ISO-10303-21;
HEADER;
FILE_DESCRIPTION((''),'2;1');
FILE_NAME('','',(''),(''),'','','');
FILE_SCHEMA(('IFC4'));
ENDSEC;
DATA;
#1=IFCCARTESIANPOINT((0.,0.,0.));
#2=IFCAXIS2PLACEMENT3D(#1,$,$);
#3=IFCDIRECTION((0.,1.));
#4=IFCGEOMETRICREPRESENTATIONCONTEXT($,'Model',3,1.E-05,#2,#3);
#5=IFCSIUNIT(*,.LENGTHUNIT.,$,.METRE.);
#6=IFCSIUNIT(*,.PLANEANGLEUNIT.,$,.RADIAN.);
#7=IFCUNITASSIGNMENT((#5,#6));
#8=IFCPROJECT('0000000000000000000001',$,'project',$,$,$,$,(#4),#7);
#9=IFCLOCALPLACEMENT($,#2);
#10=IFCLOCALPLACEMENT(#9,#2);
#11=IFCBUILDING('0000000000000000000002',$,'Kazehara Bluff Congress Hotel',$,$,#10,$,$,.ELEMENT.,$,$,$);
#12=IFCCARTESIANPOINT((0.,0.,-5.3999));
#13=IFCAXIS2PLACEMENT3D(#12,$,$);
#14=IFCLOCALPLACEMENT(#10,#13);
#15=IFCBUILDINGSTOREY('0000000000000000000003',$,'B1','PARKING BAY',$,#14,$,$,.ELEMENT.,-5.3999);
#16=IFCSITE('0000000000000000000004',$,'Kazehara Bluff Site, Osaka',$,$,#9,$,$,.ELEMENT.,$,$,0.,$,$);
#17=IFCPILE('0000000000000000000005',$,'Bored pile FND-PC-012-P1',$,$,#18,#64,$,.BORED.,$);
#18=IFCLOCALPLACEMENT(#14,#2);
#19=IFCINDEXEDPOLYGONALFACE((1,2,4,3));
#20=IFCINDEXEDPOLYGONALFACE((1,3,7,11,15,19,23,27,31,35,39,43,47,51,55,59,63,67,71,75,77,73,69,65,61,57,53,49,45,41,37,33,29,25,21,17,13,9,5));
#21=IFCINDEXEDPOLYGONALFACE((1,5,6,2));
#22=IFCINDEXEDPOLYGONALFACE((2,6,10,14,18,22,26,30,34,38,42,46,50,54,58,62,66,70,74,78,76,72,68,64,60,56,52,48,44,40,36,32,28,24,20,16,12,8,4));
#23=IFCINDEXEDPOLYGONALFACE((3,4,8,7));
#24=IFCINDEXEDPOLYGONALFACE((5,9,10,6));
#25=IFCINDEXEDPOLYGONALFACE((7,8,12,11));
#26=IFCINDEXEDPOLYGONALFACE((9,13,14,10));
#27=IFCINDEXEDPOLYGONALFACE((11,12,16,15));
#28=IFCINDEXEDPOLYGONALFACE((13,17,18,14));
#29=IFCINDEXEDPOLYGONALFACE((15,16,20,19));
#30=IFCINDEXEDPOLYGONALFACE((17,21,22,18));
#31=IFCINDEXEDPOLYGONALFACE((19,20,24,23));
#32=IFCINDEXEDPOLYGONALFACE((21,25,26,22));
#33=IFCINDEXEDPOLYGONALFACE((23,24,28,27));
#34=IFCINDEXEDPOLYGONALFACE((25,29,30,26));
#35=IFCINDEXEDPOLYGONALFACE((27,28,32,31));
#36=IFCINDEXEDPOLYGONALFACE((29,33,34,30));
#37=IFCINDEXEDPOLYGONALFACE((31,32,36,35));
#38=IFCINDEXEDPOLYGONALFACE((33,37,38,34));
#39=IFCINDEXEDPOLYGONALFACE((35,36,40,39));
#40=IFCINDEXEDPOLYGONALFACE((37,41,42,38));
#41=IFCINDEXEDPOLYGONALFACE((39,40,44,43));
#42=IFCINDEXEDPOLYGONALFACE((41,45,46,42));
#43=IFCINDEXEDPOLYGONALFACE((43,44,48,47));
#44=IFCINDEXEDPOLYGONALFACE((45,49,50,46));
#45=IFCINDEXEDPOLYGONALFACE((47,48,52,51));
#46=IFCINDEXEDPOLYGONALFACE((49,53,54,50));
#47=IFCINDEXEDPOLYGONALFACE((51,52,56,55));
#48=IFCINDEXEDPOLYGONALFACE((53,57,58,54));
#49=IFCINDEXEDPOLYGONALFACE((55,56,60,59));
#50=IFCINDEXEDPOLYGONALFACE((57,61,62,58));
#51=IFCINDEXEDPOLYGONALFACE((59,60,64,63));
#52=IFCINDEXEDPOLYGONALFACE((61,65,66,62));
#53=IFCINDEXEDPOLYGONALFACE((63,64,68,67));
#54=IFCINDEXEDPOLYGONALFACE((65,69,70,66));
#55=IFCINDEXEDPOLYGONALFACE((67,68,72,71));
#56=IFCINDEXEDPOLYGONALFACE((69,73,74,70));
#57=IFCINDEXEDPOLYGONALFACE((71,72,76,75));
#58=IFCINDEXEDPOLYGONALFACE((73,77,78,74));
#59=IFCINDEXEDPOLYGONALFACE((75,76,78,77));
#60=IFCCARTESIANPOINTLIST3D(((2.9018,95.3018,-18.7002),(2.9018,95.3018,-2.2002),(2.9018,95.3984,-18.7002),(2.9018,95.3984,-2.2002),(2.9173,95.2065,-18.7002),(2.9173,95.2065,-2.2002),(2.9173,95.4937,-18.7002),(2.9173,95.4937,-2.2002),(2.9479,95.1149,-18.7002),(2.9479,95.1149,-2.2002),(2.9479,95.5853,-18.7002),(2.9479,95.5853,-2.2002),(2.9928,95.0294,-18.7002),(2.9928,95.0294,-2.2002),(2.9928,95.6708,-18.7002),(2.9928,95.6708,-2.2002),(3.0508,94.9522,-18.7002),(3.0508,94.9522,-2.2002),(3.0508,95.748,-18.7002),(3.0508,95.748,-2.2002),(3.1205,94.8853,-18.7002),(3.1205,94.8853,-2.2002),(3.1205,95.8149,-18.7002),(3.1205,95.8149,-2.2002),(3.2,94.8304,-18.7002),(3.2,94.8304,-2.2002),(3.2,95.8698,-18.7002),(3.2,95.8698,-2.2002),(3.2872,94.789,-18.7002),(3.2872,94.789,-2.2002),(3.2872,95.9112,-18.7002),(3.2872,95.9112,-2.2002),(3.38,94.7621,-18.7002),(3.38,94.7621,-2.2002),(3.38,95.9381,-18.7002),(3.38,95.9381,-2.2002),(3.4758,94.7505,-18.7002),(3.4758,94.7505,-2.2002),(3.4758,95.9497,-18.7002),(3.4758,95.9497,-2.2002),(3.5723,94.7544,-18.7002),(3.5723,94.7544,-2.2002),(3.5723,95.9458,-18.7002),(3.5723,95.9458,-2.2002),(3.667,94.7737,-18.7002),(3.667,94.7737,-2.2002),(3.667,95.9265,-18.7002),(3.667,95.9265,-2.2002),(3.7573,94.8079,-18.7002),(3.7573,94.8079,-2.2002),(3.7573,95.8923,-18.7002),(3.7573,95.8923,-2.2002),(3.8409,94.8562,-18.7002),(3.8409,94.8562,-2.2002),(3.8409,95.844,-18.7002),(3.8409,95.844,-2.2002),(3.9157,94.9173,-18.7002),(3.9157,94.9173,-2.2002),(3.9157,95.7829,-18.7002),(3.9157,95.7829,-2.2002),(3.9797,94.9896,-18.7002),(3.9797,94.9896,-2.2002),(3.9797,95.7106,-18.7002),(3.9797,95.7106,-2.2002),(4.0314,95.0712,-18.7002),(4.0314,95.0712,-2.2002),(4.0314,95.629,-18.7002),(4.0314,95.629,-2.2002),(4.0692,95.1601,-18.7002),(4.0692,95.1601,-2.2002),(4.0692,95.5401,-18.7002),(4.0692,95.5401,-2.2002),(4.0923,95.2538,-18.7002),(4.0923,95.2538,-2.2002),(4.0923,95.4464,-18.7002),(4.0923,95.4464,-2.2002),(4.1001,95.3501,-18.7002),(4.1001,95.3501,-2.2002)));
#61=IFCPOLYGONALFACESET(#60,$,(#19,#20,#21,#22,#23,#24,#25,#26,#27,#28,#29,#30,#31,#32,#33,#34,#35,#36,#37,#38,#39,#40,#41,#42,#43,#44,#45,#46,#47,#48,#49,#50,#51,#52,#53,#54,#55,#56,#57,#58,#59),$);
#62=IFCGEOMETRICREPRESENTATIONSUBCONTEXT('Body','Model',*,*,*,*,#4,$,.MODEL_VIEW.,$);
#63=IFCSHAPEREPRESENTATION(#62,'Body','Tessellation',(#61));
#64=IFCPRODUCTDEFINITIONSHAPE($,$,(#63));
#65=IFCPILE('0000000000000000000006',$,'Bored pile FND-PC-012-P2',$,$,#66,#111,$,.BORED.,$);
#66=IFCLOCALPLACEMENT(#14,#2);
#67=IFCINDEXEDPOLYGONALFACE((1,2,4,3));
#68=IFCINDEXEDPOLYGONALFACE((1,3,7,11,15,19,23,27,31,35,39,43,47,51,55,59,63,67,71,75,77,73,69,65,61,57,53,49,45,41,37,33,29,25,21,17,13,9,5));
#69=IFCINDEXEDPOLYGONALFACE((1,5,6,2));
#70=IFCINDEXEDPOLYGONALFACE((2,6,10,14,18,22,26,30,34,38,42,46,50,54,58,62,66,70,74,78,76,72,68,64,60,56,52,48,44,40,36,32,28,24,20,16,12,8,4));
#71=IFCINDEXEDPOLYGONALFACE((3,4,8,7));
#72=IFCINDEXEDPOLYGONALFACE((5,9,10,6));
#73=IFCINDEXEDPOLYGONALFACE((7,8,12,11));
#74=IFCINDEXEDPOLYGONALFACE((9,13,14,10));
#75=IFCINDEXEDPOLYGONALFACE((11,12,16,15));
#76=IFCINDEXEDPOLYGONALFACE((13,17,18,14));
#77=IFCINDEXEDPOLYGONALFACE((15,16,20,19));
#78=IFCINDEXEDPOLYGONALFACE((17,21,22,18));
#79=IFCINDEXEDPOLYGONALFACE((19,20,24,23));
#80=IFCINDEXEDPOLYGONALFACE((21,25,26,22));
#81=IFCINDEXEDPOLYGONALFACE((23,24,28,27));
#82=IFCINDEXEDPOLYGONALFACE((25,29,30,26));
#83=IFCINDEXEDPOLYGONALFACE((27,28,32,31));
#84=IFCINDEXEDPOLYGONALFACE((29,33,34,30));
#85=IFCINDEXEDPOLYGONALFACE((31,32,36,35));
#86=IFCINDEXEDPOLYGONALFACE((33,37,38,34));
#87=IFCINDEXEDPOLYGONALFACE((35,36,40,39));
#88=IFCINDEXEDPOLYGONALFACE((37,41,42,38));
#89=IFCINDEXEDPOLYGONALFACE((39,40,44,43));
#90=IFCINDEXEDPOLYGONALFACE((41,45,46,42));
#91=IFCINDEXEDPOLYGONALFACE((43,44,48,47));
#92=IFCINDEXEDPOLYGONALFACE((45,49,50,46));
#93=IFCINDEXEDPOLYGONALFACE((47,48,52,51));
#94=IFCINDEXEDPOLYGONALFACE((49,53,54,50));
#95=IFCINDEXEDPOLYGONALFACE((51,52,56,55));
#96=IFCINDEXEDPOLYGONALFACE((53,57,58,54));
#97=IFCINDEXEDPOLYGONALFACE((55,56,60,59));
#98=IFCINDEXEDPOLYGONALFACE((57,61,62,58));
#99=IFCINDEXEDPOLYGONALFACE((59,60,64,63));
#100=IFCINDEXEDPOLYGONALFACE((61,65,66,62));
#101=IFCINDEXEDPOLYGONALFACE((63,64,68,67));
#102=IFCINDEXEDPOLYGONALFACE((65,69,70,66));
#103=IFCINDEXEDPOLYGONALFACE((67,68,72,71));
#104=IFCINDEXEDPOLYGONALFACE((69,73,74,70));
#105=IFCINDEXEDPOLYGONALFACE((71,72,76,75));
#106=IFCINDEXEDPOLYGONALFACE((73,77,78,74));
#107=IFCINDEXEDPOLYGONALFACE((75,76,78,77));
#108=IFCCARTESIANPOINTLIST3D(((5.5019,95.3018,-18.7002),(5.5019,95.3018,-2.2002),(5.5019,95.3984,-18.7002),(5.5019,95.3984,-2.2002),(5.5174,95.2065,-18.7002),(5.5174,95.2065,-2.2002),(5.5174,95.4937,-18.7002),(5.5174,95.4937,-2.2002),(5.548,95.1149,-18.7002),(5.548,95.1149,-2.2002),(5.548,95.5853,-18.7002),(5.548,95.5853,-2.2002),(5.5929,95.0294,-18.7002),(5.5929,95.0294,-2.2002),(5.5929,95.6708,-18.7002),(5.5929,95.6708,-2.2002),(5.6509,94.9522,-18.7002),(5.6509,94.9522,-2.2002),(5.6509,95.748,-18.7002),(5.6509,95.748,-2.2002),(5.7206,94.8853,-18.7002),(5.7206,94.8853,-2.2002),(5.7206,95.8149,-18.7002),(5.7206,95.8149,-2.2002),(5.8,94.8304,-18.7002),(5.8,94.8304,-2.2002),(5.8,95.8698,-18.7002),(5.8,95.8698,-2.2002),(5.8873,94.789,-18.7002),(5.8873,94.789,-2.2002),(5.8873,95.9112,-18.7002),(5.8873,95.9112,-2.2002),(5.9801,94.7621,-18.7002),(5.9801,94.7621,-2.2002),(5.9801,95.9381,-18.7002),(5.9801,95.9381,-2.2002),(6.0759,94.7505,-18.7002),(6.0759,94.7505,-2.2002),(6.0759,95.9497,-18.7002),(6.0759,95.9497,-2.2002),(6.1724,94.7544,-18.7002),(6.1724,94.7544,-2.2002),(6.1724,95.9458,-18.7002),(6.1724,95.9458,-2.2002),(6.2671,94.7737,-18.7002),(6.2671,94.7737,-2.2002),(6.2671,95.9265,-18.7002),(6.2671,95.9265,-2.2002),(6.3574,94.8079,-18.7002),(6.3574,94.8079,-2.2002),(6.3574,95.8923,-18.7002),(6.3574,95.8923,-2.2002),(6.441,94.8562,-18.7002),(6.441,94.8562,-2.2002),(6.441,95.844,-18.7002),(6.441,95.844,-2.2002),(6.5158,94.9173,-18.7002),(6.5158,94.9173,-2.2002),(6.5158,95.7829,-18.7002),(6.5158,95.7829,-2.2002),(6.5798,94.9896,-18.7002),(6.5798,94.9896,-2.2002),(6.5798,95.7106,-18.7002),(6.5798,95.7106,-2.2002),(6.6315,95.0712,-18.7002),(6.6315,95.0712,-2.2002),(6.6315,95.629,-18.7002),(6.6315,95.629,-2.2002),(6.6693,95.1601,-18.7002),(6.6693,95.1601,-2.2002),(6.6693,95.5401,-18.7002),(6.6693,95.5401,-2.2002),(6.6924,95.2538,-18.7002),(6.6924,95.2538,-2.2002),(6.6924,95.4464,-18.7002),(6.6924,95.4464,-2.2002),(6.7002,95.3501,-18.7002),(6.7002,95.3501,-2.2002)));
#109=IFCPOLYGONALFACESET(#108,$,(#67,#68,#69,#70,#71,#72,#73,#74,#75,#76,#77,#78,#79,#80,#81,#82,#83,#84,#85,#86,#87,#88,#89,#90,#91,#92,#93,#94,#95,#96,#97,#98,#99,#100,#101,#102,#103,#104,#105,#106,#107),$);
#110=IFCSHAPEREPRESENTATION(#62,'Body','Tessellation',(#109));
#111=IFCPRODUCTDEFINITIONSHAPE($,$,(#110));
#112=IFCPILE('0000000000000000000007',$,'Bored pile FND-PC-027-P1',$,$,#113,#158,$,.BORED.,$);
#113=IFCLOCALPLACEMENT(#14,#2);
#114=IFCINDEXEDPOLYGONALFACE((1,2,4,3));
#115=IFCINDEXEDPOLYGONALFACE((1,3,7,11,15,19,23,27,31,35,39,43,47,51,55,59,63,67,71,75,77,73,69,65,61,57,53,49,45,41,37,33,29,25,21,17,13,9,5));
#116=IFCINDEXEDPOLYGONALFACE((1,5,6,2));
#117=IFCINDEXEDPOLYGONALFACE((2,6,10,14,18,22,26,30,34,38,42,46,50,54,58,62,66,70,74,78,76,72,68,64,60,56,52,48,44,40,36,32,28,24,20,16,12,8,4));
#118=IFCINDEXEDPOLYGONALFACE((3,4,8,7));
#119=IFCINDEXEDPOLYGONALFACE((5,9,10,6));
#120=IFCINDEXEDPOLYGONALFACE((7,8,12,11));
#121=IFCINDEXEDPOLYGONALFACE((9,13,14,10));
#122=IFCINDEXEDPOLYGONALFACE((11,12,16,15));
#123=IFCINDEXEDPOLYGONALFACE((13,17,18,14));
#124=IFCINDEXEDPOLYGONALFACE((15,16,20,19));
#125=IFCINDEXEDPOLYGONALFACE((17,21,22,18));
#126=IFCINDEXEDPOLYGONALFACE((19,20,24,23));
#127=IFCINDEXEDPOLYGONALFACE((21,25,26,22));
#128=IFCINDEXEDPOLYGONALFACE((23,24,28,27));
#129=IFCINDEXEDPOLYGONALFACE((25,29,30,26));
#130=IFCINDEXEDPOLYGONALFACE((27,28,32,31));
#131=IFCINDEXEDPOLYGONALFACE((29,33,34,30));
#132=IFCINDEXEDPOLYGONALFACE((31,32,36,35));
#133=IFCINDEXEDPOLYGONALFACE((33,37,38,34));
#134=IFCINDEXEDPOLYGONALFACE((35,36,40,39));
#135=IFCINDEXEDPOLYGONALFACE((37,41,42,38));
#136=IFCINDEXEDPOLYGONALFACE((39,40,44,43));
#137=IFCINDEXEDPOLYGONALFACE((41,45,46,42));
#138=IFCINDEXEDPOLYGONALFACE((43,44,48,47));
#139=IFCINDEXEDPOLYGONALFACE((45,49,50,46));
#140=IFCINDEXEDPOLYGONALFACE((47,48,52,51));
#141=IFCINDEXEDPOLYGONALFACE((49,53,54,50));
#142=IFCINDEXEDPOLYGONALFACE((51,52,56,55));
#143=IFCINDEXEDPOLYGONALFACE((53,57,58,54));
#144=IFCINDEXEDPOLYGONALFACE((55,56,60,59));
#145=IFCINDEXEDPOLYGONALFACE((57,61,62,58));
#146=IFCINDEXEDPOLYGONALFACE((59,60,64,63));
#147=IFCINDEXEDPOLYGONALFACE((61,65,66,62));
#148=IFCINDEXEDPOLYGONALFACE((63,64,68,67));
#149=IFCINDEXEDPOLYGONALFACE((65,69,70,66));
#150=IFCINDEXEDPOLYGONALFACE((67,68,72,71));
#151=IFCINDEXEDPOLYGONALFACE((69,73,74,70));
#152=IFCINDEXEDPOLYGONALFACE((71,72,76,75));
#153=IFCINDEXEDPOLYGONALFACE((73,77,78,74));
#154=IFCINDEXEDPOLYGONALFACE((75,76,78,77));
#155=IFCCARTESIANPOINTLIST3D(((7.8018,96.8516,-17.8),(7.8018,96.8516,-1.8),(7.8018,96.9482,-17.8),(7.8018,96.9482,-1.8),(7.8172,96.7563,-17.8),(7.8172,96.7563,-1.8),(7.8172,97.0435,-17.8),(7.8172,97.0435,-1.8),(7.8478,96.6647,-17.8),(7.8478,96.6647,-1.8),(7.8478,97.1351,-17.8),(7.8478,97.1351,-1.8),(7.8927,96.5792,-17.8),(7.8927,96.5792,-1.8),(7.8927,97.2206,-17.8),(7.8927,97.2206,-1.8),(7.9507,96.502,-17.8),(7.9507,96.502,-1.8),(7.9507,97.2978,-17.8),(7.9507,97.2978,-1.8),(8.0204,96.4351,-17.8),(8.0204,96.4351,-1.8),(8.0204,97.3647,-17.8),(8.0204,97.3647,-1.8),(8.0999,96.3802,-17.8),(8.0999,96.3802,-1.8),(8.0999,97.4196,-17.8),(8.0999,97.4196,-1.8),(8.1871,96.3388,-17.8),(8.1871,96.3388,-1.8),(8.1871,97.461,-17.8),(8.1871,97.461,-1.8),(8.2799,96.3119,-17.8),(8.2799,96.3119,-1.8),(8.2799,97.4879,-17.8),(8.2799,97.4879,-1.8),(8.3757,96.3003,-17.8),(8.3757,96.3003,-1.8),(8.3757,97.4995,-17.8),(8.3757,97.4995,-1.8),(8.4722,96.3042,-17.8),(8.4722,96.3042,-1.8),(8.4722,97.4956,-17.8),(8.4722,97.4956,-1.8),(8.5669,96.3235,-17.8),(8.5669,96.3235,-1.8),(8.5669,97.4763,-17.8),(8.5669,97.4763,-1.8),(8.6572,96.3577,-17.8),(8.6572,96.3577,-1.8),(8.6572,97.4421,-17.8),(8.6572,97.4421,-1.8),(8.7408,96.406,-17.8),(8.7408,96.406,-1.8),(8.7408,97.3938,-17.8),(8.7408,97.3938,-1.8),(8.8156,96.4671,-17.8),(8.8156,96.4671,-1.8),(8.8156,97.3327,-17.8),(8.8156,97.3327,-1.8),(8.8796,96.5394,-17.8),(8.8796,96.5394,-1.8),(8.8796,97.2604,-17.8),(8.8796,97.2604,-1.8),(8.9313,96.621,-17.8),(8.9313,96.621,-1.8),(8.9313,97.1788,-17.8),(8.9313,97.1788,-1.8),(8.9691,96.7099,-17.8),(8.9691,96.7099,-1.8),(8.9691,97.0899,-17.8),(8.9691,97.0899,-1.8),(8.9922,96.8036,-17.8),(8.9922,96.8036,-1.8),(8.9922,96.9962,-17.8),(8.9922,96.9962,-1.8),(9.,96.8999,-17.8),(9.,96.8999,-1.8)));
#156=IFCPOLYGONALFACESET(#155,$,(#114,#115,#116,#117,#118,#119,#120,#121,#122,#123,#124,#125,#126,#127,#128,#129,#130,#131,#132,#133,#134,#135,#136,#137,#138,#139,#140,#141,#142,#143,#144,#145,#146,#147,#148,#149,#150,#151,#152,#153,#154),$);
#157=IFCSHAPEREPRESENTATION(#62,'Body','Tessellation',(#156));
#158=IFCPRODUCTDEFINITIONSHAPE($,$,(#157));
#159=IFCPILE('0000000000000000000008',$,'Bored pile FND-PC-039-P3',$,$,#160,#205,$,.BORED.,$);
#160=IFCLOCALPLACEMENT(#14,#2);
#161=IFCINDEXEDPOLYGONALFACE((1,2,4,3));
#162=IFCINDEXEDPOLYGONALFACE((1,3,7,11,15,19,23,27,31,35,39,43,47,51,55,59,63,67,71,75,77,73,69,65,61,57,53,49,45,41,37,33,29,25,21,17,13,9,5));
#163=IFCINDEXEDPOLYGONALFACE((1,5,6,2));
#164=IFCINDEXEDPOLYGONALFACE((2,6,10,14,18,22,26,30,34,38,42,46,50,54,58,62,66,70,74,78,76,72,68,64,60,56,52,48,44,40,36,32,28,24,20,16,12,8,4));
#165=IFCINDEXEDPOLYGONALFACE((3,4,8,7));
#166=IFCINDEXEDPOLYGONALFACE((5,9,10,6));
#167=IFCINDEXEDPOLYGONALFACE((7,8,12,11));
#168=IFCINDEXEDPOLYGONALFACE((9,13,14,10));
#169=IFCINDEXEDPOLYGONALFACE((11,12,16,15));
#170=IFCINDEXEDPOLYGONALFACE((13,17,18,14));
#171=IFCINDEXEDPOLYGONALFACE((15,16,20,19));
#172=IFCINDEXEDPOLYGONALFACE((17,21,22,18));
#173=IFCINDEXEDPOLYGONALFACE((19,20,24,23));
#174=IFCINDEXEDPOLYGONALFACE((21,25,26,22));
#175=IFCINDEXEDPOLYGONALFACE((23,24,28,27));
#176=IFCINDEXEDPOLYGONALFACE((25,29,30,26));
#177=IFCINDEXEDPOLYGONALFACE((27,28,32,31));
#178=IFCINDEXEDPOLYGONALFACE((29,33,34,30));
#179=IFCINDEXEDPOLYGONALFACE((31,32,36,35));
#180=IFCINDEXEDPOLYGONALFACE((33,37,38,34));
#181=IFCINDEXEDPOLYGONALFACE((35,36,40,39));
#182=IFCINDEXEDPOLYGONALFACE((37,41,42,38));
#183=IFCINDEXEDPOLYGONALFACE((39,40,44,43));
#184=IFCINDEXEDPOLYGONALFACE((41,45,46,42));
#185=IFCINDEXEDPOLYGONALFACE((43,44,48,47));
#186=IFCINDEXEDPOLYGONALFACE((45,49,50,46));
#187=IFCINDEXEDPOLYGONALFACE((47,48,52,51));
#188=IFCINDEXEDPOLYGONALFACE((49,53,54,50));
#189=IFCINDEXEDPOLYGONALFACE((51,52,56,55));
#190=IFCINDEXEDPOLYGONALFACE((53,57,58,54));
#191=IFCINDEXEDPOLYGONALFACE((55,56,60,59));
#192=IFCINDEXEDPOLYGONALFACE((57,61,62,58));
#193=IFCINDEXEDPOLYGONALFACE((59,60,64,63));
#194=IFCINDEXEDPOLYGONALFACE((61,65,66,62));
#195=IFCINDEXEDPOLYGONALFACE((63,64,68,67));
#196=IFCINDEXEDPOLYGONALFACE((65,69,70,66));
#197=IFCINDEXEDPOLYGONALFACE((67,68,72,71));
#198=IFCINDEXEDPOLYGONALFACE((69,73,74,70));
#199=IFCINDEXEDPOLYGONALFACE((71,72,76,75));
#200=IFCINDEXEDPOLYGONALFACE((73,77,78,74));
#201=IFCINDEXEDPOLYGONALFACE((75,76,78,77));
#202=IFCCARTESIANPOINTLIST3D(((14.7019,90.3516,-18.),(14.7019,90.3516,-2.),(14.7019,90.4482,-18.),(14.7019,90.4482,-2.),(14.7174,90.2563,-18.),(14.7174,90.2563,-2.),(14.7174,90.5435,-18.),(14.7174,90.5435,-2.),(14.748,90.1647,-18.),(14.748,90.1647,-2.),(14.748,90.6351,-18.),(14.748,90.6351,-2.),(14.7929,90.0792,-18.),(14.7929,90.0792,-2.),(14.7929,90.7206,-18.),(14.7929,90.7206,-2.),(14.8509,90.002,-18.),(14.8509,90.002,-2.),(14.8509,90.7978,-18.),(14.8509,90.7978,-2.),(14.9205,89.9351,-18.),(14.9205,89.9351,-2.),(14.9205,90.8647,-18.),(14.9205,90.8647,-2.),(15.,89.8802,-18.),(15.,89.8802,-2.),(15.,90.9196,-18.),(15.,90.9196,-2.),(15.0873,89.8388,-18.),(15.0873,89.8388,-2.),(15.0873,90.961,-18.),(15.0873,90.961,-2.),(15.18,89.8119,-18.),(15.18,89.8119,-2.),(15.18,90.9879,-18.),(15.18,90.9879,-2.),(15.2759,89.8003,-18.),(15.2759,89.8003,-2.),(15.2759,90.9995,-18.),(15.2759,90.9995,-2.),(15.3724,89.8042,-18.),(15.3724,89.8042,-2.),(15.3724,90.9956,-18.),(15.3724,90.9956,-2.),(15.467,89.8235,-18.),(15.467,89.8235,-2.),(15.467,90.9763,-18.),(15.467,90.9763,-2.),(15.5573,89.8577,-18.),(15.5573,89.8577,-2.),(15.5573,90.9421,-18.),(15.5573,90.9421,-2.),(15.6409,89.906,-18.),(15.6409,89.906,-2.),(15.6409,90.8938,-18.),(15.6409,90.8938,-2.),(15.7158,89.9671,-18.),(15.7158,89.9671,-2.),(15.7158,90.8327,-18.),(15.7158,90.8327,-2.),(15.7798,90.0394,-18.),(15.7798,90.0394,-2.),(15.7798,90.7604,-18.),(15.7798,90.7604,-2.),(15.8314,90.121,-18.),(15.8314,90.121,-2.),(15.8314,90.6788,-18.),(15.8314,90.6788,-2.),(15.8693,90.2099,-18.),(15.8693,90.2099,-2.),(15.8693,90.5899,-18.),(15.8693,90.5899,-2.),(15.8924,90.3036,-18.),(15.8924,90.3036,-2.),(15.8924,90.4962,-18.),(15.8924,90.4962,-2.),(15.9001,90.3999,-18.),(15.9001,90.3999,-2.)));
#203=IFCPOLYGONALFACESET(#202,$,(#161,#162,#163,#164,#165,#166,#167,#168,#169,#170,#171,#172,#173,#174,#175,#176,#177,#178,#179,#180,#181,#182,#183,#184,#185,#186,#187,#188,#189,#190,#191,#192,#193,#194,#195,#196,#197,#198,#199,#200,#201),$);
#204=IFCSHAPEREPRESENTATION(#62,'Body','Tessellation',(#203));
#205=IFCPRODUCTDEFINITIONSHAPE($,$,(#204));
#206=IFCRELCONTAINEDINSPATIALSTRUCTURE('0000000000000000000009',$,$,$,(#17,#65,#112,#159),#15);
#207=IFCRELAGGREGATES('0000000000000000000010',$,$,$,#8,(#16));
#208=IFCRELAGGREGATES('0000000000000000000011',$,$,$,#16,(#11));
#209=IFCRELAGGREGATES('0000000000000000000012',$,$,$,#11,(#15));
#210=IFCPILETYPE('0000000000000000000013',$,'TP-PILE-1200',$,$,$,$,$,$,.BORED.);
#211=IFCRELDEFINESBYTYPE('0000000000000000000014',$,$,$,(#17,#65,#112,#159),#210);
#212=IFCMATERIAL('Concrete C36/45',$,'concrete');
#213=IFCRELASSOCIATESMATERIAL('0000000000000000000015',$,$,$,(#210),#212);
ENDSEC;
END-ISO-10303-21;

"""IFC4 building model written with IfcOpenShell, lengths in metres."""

from ifc_helpers import new_model, si_unit, direction, frame, origin, origin_2d, place, context, subcontext, project, spatial, circle, extrude, material, material_profile, profile_set, type_object, element, save


model = new_model("IFC4")

# Units and contexts
model_context = context("Model", 3, precision=1e-05, world=origin(), true_north=direction((0.0, 1.0)))
body_context = subcontext(model_context, "Body", "Model", "MODEL_VIEW")
ifc_project = project(units=[si_unit("LENGTHUNIT", "METRE"), si_unit("PLANEANGLEUNIT", "RADIAN")], contexts=[model_context])

# Site, building, storey
site_placement = place(None, origin())
site = spatial("IfcSite", under=ifc_project, at=site_placement, Name="Kazehara Bluff Site, Osaka", CompositionType="ELEMENT", RefElevation=0.0)
building_placement = place(site_placement, origin())
building = spatial("IfcBuilding", under=site, at=building_placement, Name="Kazehara Bluff Congress Hotel", CompositionType="ELEMENT")
storey_placement = place(building_placement, frame((0.0, 0.0, -5.3999)))
storey = spatial("IfcBuildingStorey", under=building, at=storey_placement, Name="B1", Description="PARKING BAY", CompositionType="ELEMENT", Elevation=-5.3999)

# Piles
ifc_material_1 = material(Name="Concrete C36/45", Category="concrete")
ifc_material_profile_1 = material_profile(ifc_material_1, circle(Radius=0.6001, at=origin_2d()))
ifc_profile_set_1 = profile_set([ifc_material_profile_1], Name="Concrete C36/45")
pile_type = type_object("IfcPileType", Name="TP-PILE-1200", PredefinedType="BORED", material=ifc_profile_set_1)
for number, where, z_axis, x_axis, name in (
    (1, (3.5, 95.3501, -2.2002), (0.0, 0.0, -1.0), (1.0, 0.0, 0.0), "Bored pile FND-PC-012-P1"),
    (2, (6.1001, 95.3501, -2.2002), (0.0, 0.0, -1.0), (1.0, 0.0, 0.0), "Bored pile FND-PC-012-P2"),
):
    element("IfcPile", number, at=place(storey_placement, frame(where, z_axis=z_axis, x_axis=x_axis)), inside=storey, type_object=pile_type, Name=name, PredefinedType="BORED", context=body_context, shape_type="SweptSolid", body=[
        extrude(circle(Radius=0.6001, at=origin_2d()), origin(), (0.0, 0.0, 1.0), 16.5),
    ])
for number, where, z_axis, x_axis, name in (
    (3, (8.3999, 96.8999, -1.8), (0.0, 0.0, -1.0), (1.0, 0.0, 0.0), "Bored pile FND-PC-027-P1"),
    (4, (15.3, 90.3999, -2.0), (0.0, 0.0, -1.0), (1.0, 0.0, 0.0), "Bored pile FND-PC-039-P3"),
):
    element("IfcPile", number, at=place(storey_placement, frame(where, z_axis=z_axis, x_axis=x_axis)), inside=storey, type_object=pile_type, Name=name, PredefinedType="BORED", context=body_context, shape_type="SweptSolid", body=[
        extrude(circle(Radius=0.6001, at=origin_2d()), origin(), (0.0, 0.0, 1.0), 16.0),
    ])

save(model, "model.ifc")
